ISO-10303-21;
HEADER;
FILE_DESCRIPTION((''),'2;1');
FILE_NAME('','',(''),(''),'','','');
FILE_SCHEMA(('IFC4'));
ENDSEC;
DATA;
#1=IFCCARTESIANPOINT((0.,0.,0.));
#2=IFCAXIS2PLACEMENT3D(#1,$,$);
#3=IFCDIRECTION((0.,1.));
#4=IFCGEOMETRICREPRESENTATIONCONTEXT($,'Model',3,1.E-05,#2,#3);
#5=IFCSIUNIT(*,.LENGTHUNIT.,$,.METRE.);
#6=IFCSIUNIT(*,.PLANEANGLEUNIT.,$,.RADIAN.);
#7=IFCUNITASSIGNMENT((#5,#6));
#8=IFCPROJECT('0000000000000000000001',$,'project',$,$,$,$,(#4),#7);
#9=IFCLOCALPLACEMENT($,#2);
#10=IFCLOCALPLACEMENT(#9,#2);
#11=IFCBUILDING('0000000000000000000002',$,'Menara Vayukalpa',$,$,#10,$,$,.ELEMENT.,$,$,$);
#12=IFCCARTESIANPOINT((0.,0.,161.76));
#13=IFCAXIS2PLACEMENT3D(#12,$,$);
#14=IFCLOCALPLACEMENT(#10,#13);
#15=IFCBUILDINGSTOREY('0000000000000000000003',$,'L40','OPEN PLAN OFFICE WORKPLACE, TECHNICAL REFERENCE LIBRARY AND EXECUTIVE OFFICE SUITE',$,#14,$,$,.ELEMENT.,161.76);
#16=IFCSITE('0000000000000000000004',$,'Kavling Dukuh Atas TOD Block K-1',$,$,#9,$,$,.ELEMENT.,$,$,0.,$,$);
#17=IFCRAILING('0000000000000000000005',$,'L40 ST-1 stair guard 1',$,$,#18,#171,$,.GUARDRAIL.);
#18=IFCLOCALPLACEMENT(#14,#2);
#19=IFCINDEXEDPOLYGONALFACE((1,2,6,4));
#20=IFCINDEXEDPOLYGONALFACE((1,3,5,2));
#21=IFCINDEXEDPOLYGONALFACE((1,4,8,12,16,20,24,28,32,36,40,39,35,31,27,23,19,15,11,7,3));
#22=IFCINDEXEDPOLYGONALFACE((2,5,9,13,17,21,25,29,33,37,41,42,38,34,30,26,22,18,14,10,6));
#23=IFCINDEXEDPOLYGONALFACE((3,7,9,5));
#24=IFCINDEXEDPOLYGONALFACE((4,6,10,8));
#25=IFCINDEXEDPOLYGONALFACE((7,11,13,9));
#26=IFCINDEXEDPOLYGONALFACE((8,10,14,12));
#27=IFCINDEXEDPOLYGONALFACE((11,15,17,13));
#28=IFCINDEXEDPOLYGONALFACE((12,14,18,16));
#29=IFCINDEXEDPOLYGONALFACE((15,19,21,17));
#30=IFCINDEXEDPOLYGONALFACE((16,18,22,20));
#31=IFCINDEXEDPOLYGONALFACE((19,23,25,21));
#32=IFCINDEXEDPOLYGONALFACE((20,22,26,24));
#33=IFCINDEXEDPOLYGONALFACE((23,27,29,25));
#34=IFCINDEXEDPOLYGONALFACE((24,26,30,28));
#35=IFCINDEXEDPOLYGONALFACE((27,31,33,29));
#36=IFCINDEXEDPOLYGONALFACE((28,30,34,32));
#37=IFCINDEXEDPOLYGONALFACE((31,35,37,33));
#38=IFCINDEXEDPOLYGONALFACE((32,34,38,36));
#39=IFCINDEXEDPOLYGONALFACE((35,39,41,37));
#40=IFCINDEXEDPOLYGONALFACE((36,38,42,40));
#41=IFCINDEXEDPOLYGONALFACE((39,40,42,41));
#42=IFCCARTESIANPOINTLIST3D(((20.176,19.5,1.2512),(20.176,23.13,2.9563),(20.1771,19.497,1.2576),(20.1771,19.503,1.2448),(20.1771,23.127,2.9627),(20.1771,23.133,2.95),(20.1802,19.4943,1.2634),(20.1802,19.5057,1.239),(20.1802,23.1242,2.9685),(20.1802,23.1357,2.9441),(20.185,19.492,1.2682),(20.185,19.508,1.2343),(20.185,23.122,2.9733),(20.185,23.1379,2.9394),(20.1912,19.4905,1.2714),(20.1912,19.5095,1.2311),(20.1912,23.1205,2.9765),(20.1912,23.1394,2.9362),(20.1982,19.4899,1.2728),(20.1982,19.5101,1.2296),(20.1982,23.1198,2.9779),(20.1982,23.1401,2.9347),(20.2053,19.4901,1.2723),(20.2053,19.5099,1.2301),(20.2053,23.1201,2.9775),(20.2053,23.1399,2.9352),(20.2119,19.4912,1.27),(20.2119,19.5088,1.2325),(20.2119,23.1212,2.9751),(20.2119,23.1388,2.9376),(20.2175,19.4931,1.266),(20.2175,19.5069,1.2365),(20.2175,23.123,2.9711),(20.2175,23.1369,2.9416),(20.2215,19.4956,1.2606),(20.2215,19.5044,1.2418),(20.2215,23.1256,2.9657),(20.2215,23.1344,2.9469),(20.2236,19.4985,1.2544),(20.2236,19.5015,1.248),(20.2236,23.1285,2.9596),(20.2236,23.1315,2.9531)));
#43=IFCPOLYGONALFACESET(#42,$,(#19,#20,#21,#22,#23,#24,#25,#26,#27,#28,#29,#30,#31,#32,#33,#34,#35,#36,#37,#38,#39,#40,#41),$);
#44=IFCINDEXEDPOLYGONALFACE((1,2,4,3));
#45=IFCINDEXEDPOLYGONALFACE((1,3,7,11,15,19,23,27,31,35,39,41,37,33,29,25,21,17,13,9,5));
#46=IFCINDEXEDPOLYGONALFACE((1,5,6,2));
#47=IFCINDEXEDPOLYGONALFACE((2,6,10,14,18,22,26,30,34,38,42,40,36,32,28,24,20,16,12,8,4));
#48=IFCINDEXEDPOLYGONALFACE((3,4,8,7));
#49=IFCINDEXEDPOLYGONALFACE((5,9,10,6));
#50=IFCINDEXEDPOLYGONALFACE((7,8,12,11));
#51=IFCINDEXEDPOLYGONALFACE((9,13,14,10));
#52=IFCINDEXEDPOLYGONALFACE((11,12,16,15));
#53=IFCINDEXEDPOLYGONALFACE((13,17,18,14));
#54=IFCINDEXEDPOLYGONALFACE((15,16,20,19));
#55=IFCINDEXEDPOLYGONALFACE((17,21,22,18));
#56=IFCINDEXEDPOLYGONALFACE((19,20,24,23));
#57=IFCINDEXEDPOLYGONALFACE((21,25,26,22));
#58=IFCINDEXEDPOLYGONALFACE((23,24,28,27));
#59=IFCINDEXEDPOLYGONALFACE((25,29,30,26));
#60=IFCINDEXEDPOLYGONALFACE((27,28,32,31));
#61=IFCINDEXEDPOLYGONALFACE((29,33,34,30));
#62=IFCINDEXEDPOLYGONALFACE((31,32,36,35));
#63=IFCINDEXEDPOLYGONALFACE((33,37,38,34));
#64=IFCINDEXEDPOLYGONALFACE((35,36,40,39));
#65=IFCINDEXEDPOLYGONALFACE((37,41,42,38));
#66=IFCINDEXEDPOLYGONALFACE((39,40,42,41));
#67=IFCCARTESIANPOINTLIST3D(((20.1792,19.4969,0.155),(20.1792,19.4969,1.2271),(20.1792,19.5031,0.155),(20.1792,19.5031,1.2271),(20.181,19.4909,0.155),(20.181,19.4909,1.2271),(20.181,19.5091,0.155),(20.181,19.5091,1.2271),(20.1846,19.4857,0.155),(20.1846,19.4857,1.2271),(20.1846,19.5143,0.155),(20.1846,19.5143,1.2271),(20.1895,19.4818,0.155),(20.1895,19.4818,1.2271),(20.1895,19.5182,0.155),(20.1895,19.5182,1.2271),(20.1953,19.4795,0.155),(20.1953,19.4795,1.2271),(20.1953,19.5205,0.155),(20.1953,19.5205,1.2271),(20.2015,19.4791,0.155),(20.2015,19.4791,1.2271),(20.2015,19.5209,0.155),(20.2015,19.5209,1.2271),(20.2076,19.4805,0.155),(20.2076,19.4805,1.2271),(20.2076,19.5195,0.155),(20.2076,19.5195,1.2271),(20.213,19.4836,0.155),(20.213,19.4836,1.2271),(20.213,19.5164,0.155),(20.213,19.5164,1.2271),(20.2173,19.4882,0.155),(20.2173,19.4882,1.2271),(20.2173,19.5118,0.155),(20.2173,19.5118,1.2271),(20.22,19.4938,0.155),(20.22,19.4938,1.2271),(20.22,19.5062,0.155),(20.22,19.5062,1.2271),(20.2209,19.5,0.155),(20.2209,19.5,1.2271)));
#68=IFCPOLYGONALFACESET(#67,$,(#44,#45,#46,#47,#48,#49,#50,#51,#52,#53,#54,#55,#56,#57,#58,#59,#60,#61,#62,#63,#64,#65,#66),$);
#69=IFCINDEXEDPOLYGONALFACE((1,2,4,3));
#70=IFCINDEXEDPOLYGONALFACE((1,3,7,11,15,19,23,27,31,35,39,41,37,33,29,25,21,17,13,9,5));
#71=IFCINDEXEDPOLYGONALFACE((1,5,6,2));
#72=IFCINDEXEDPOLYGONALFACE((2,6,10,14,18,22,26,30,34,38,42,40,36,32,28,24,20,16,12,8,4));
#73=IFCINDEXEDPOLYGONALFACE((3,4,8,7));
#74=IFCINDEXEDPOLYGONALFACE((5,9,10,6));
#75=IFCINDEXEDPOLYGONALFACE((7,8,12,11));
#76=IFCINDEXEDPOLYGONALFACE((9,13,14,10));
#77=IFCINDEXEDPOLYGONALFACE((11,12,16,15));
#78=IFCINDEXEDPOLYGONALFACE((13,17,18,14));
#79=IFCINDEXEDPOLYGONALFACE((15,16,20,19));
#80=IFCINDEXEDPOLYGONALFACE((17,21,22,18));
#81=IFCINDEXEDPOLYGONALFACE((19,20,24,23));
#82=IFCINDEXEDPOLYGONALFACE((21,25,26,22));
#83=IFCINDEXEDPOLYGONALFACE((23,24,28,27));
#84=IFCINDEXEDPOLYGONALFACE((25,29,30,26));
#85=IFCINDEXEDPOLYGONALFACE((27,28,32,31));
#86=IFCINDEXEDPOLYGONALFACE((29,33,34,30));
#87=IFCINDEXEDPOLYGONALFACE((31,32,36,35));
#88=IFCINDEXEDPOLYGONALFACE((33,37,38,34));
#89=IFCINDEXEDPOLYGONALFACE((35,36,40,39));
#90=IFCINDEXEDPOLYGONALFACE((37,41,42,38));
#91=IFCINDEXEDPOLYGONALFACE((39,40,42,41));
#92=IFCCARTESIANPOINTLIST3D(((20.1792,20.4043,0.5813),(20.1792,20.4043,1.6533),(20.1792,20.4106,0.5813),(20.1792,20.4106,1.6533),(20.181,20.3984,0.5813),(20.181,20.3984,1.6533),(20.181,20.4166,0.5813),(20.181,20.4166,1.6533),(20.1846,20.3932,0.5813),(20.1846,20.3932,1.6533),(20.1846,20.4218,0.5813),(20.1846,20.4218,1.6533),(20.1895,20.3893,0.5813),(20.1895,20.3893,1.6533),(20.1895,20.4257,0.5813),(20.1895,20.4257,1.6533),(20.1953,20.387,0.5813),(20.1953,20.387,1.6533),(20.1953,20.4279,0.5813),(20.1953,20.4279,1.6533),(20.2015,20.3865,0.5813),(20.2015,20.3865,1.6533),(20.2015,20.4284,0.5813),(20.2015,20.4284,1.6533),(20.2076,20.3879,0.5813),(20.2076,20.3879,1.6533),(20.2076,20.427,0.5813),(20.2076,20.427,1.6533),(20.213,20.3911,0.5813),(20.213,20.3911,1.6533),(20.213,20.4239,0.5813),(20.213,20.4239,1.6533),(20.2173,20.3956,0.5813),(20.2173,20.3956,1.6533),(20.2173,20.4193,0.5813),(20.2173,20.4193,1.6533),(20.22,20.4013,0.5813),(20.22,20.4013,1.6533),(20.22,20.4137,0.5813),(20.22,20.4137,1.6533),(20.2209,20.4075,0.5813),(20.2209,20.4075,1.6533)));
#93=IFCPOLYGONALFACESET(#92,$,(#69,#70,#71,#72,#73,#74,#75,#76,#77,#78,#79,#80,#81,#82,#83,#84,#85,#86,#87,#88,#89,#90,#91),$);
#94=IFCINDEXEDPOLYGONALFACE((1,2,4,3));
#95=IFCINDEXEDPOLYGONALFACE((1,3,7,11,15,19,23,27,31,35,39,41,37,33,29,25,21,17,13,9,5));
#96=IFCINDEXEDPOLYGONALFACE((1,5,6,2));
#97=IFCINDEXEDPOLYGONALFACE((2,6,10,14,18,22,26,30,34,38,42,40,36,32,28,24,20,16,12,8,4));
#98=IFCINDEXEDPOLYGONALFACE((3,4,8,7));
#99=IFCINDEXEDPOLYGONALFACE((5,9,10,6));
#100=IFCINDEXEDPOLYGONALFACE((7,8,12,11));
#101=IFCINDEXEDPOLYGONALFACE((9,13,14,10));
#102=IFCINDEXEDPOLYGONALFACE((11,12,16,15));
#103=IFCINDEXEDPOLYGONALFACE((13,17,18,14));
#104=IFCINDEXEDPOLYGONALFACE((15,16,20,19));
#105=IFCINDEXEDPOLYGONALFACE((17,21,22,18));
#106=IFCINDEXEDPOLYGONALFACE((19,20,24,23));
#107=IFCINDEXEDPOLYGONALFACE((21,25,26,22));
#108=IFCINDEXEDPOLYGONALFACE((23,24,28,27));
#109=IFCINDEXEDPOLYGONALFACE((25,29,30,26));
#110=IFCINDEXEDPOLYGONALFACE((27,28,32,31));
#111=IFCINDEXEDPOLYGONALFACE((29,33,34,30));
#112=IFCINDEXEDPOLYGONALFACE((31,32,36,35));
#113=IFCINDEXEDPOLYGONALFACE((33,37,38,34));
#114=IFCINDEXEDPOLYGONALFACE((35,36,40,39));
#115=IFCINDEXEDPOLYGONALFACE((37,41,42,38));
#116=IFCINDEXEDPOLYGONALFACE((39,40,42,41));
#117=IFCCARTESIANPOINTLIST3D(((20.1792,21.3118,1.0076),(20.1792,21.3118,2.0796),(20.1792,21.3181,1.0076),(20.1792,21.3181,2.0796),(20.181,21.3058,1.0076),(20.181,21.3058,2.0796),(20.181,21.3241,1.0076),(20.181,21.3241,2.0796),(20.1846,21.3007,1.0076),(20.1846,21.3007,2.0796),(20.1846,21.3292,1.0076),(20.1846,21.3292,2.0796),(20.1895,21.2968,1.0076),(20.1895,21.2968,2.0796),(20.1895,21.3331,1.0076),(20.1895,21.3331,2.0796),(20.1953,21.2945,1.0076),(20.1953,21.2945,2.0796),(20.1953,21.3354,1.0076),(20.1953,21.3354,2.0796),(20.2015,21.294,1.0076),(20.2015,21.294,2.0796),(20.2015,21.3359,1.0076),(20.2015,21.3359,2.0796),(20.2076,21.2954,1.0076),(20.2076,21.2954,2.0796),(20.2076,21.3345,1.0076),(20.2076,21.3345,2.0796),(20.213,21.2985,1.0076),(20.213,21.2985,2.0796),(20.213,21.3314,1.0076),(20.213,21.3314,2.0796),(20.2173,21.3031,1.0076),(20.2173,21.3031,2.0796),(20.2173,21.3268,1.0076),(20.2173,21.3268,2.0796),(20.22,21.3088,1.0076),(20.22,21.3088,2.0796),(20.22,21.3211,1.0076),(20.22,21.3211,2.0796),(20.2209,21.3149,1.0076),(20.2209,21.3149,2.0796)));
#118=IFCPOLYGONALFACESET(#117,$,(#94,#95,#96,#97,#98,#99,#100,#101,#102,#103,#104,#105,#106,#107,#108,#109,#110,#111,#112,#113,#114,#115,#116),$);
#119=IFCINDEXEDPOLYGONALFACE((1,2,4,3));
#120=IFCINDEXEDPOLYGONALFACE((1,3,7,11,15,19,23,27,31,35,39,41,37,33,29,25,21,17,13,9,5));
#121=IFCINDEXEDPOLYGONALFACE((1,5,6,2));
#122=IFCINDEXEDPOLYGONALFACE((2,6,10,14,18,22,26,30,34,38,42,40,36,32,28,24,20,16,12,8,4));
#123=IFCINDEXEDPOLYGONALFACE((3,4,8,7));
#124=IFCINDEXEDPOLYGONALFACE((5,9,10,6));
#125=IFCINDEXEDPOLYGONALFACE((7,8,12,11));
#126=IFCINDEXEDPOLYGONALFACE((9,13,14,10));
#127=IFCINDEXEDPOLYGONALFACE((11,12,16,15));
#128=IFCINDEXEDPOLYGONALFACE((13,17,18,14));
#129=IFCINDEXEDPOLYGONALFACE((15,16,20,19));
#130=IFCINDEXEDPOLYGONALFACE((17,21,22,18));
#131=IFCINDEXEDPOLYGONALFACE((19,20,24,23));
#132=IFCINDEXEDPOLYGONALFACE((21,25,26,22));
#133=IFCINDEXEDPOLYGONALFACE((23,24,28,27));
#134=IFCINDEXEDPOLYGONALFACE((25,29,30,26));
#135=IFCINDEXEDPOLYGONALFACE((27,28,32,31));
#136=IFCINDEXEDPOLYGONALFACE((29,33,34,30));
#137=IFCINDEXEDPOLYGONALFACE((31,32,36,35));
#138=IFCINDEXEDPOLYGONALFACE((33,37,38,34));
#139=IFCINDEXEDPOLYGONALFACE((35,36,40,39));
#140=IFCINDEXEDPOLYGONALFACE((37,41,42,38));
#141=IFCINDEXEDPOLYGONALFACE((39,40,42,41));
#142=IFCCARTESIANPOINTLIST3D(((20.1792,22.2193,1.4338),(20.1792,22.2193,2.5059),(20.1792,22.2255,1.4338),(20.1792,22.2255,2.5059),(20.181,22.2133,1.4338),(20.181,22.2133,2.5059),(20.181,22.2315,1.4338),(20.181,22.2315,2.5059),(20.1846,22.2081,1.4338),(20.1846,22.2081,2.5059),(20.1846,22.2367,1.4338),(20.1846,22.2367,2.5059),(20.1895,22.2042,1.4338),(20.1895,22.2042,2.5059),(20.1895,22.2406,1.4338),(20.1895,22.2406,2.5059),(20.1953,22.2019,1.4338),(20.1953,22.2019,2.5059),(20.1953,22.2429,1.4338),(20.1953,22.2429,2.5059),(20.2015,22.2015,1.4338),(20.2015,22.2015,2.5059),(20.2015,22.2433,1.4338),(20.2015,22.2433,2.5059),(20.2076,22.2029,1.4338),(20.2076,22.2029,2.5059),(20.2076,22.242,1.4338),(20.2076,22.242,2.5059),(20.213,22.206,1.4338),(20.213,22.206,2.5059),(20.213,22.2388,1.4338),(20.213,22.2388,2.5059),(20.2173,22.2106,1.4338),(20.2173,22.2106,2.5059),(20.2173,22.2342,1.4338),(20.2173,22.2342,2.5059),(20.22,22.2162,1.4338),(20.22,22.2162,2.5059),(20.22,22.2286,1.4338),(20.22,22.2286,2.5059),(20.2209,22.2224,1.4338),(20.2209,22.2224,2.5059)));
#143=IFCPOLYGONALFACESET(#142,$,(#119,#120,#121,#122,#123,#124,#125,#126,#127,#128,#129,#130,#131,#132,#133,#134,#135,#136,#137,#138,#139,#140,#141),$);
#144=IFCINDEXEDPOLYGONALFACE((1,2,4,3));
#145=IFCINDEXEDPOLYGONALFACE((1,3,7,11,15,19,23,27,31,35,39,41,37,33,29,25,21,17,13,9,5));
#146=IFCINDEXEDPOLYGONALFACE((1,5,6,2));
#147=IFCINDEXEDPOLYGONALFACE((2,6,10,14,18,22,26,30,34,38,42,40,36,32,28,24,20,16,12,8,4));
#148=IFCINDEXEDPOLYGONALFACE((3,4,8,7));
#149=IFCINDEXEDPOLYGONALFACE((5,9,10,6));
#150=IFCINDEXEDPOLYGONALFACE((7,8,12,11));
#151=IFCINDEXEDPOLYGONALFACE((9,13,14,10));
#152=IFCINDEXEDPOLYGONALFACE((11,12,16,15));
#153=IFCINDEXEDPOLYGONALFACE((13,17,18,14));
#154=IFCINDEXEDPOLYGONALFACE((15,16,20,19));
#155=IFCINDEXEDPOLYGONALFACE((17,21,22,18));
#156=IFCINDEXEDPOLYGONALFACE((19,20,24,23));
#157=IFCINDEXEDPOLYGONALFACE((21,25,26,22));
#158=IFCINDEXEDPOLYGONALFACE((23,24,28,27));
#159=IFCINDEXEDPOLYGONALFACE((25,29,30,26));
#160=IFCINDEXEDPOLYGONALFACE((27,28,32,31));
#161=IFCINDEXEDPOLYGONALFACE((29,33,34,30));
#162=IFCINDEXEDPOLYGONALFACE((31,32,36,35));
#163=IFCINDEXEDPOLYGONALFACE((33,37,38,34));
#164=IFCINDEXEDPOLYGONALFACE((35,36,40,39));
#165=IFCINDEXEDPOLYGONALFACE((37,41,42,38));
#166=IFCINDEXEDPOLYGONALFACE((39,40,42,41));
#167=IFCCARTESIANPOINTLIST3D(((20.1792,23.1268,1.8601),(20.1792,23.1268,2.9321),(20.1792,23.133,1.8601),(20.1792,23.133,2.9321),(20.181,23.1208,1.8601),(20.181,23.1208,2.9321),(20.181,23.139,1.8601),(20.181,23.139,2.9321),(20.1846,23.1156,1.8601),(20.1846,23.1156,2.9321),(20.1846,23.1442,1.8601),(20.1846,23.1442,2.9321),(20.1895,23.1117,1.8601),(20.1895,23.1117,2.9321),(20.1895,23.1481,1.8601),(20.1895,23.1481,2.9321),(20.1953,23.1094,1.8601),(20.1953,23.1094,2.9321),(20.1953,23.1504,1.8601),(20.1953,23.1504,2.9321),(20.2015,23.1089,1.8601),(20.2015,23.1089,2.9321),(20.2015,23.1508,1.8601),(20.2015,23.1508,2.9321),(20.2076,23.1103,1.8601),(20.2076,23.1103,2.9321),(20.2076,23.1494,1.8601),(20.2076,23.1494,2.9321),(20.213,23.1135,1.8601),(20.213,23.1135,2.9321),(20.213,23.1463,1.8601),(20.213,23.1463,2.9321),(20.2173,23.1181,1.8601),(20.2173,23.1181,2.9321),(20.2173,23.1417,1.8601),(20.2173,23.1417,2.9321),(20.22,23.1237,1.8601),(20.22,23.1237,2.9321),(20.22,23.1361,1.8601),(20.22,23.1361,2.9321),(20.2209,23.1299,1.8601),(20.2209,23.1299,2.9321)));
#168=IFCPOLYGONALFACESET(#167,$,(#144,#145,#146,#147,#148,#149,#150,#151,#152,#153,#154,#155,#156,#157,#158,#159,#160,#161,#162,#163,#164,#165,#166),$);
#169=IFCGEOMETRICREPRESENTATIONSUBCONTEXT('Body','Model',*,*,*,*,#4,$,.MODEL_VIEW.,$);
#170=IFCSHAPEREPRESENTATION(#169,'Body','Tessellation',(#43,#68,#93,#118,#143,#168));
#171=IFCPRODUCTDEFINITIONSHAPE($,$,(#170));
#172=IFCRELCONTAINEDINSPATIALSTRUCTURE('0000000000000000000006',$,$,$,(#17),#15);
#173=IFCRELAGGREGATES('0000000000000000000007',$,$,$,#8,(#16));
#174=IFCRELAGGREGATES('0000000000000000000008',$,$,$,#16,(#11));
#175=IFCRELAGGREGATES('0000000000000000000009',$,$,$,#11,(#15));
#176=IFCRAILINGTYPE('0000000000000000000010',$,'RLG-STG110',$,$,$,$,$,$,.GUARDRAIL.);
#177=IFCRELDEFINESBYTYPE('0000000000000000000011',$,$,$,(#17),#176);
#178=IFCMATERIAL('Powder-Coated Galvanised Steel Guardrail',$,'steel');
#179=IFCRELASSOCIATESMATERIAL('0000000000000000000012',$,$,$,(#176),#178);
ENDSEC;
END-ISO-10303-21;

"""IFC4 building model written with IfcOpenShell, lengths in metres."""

from ifc_helpers import new_model, si_unit, direction, frame, origin, origin_2d, place, context, subcontext, project, spatial, circle, extrude, material, type_object, element, save


model = new_model("IFC4")

# Units and contexts
model_context = context("Model", 3, precision=1e-05, world=origin(), true_north=direction((0.0, 1.0)))
body_context = subcontext(model_context, "Body", "Model", "MODEL_VIEW")
ifc_project = project(units=[si_unit("LENGTHUNIT", "METRE"), si_unit("PLANEANGLEUNIT", "RADIAN")], contexts=[model_context])

# Site, building, storey
site_placement = place(None, origin())
site = spatial("IfcSite", under=ifc_project, at=site_placement, Name="Kavling Dukuh Atas TOD Block K-1", CompositionType="ELEMENT", RefElevation=0.0)
building_placement = place(site_placement, origin())
building = spatial("IfcBuilding", under=site, at=building_placement, Name="Menara Vayukalpa", CompositionType="ELEMENT")
storey_placement = place(building_placement, frame((0.0, 0.0, 161.76)))
storey = spatial("IfcBuildingStorey", under=building, at=storey_placement, Name="L40", Description="OPEN PLAN OFFICE WORKPLACE, TECHNICAL REFERENCE LIBRARY AND EXECUTIVE OFFICE SUITE", CompositionType="ELEMENT", Elevation=161.76)

# Railing
ifc_material_1 = material(Name="Powder-Coated Galvanised Steel Guardrail", Category="steel")
railing_type_1 = type_object("IfcRailingType", Name="RLG-STG110", PredefinedType="GUARDRAIL", material=ifc_material_1)
railing_1_placement = place(storey_placement, frame((20.2, 19.5, 0.155)))
element("IfcRailing", 1, at=railing_1_placement, inside=storey, type_object=railing_type_1, Name="L40 ST-1 stair guard 1", PredefinedType="GUARDRAIL", context=body_context, shape_type="SweptSolid", body=[
    extrude(circle(Radius=0.0239, at=origin_2d()), frame((0.0, 0.0, 1.0962), z_axis=(0.0, 0.905116, 0.425164), x_axis=(-1.0, 0.0, 0.0)), (0.0, 0.0, 1.0), 4.0105),
    extrude(circle(Radius=0.021, at=origin_2d()), origin(), (0.0, 0.0, 1.0), 1.072),
    extrude(circle(Radius=0.021, at=origin_2d()), frame((0.0, 0.9075, 0.4263)), (0.0, 0.0, 1.0), 1.072),
    extrude(circle(Radius=0.021, at=origin_2d()), frame((0.0, 1.8149, 0.8525)), (0.0, 0.0, 1.0), 1.072),
    extrude(circle(Radius=0.021, at=origin_2d()), frame((0.0, 2.7224, 1.2788)), (0.0, 0.0, 1.0), 1.072),
    extrude(circle(Radius=0.021, at=origin_2d()), frame((0.0, 3.6299, 1.7051)), (0.0, 0.0, 1.0), 1.072),
])

save(model, "model.ifc")
